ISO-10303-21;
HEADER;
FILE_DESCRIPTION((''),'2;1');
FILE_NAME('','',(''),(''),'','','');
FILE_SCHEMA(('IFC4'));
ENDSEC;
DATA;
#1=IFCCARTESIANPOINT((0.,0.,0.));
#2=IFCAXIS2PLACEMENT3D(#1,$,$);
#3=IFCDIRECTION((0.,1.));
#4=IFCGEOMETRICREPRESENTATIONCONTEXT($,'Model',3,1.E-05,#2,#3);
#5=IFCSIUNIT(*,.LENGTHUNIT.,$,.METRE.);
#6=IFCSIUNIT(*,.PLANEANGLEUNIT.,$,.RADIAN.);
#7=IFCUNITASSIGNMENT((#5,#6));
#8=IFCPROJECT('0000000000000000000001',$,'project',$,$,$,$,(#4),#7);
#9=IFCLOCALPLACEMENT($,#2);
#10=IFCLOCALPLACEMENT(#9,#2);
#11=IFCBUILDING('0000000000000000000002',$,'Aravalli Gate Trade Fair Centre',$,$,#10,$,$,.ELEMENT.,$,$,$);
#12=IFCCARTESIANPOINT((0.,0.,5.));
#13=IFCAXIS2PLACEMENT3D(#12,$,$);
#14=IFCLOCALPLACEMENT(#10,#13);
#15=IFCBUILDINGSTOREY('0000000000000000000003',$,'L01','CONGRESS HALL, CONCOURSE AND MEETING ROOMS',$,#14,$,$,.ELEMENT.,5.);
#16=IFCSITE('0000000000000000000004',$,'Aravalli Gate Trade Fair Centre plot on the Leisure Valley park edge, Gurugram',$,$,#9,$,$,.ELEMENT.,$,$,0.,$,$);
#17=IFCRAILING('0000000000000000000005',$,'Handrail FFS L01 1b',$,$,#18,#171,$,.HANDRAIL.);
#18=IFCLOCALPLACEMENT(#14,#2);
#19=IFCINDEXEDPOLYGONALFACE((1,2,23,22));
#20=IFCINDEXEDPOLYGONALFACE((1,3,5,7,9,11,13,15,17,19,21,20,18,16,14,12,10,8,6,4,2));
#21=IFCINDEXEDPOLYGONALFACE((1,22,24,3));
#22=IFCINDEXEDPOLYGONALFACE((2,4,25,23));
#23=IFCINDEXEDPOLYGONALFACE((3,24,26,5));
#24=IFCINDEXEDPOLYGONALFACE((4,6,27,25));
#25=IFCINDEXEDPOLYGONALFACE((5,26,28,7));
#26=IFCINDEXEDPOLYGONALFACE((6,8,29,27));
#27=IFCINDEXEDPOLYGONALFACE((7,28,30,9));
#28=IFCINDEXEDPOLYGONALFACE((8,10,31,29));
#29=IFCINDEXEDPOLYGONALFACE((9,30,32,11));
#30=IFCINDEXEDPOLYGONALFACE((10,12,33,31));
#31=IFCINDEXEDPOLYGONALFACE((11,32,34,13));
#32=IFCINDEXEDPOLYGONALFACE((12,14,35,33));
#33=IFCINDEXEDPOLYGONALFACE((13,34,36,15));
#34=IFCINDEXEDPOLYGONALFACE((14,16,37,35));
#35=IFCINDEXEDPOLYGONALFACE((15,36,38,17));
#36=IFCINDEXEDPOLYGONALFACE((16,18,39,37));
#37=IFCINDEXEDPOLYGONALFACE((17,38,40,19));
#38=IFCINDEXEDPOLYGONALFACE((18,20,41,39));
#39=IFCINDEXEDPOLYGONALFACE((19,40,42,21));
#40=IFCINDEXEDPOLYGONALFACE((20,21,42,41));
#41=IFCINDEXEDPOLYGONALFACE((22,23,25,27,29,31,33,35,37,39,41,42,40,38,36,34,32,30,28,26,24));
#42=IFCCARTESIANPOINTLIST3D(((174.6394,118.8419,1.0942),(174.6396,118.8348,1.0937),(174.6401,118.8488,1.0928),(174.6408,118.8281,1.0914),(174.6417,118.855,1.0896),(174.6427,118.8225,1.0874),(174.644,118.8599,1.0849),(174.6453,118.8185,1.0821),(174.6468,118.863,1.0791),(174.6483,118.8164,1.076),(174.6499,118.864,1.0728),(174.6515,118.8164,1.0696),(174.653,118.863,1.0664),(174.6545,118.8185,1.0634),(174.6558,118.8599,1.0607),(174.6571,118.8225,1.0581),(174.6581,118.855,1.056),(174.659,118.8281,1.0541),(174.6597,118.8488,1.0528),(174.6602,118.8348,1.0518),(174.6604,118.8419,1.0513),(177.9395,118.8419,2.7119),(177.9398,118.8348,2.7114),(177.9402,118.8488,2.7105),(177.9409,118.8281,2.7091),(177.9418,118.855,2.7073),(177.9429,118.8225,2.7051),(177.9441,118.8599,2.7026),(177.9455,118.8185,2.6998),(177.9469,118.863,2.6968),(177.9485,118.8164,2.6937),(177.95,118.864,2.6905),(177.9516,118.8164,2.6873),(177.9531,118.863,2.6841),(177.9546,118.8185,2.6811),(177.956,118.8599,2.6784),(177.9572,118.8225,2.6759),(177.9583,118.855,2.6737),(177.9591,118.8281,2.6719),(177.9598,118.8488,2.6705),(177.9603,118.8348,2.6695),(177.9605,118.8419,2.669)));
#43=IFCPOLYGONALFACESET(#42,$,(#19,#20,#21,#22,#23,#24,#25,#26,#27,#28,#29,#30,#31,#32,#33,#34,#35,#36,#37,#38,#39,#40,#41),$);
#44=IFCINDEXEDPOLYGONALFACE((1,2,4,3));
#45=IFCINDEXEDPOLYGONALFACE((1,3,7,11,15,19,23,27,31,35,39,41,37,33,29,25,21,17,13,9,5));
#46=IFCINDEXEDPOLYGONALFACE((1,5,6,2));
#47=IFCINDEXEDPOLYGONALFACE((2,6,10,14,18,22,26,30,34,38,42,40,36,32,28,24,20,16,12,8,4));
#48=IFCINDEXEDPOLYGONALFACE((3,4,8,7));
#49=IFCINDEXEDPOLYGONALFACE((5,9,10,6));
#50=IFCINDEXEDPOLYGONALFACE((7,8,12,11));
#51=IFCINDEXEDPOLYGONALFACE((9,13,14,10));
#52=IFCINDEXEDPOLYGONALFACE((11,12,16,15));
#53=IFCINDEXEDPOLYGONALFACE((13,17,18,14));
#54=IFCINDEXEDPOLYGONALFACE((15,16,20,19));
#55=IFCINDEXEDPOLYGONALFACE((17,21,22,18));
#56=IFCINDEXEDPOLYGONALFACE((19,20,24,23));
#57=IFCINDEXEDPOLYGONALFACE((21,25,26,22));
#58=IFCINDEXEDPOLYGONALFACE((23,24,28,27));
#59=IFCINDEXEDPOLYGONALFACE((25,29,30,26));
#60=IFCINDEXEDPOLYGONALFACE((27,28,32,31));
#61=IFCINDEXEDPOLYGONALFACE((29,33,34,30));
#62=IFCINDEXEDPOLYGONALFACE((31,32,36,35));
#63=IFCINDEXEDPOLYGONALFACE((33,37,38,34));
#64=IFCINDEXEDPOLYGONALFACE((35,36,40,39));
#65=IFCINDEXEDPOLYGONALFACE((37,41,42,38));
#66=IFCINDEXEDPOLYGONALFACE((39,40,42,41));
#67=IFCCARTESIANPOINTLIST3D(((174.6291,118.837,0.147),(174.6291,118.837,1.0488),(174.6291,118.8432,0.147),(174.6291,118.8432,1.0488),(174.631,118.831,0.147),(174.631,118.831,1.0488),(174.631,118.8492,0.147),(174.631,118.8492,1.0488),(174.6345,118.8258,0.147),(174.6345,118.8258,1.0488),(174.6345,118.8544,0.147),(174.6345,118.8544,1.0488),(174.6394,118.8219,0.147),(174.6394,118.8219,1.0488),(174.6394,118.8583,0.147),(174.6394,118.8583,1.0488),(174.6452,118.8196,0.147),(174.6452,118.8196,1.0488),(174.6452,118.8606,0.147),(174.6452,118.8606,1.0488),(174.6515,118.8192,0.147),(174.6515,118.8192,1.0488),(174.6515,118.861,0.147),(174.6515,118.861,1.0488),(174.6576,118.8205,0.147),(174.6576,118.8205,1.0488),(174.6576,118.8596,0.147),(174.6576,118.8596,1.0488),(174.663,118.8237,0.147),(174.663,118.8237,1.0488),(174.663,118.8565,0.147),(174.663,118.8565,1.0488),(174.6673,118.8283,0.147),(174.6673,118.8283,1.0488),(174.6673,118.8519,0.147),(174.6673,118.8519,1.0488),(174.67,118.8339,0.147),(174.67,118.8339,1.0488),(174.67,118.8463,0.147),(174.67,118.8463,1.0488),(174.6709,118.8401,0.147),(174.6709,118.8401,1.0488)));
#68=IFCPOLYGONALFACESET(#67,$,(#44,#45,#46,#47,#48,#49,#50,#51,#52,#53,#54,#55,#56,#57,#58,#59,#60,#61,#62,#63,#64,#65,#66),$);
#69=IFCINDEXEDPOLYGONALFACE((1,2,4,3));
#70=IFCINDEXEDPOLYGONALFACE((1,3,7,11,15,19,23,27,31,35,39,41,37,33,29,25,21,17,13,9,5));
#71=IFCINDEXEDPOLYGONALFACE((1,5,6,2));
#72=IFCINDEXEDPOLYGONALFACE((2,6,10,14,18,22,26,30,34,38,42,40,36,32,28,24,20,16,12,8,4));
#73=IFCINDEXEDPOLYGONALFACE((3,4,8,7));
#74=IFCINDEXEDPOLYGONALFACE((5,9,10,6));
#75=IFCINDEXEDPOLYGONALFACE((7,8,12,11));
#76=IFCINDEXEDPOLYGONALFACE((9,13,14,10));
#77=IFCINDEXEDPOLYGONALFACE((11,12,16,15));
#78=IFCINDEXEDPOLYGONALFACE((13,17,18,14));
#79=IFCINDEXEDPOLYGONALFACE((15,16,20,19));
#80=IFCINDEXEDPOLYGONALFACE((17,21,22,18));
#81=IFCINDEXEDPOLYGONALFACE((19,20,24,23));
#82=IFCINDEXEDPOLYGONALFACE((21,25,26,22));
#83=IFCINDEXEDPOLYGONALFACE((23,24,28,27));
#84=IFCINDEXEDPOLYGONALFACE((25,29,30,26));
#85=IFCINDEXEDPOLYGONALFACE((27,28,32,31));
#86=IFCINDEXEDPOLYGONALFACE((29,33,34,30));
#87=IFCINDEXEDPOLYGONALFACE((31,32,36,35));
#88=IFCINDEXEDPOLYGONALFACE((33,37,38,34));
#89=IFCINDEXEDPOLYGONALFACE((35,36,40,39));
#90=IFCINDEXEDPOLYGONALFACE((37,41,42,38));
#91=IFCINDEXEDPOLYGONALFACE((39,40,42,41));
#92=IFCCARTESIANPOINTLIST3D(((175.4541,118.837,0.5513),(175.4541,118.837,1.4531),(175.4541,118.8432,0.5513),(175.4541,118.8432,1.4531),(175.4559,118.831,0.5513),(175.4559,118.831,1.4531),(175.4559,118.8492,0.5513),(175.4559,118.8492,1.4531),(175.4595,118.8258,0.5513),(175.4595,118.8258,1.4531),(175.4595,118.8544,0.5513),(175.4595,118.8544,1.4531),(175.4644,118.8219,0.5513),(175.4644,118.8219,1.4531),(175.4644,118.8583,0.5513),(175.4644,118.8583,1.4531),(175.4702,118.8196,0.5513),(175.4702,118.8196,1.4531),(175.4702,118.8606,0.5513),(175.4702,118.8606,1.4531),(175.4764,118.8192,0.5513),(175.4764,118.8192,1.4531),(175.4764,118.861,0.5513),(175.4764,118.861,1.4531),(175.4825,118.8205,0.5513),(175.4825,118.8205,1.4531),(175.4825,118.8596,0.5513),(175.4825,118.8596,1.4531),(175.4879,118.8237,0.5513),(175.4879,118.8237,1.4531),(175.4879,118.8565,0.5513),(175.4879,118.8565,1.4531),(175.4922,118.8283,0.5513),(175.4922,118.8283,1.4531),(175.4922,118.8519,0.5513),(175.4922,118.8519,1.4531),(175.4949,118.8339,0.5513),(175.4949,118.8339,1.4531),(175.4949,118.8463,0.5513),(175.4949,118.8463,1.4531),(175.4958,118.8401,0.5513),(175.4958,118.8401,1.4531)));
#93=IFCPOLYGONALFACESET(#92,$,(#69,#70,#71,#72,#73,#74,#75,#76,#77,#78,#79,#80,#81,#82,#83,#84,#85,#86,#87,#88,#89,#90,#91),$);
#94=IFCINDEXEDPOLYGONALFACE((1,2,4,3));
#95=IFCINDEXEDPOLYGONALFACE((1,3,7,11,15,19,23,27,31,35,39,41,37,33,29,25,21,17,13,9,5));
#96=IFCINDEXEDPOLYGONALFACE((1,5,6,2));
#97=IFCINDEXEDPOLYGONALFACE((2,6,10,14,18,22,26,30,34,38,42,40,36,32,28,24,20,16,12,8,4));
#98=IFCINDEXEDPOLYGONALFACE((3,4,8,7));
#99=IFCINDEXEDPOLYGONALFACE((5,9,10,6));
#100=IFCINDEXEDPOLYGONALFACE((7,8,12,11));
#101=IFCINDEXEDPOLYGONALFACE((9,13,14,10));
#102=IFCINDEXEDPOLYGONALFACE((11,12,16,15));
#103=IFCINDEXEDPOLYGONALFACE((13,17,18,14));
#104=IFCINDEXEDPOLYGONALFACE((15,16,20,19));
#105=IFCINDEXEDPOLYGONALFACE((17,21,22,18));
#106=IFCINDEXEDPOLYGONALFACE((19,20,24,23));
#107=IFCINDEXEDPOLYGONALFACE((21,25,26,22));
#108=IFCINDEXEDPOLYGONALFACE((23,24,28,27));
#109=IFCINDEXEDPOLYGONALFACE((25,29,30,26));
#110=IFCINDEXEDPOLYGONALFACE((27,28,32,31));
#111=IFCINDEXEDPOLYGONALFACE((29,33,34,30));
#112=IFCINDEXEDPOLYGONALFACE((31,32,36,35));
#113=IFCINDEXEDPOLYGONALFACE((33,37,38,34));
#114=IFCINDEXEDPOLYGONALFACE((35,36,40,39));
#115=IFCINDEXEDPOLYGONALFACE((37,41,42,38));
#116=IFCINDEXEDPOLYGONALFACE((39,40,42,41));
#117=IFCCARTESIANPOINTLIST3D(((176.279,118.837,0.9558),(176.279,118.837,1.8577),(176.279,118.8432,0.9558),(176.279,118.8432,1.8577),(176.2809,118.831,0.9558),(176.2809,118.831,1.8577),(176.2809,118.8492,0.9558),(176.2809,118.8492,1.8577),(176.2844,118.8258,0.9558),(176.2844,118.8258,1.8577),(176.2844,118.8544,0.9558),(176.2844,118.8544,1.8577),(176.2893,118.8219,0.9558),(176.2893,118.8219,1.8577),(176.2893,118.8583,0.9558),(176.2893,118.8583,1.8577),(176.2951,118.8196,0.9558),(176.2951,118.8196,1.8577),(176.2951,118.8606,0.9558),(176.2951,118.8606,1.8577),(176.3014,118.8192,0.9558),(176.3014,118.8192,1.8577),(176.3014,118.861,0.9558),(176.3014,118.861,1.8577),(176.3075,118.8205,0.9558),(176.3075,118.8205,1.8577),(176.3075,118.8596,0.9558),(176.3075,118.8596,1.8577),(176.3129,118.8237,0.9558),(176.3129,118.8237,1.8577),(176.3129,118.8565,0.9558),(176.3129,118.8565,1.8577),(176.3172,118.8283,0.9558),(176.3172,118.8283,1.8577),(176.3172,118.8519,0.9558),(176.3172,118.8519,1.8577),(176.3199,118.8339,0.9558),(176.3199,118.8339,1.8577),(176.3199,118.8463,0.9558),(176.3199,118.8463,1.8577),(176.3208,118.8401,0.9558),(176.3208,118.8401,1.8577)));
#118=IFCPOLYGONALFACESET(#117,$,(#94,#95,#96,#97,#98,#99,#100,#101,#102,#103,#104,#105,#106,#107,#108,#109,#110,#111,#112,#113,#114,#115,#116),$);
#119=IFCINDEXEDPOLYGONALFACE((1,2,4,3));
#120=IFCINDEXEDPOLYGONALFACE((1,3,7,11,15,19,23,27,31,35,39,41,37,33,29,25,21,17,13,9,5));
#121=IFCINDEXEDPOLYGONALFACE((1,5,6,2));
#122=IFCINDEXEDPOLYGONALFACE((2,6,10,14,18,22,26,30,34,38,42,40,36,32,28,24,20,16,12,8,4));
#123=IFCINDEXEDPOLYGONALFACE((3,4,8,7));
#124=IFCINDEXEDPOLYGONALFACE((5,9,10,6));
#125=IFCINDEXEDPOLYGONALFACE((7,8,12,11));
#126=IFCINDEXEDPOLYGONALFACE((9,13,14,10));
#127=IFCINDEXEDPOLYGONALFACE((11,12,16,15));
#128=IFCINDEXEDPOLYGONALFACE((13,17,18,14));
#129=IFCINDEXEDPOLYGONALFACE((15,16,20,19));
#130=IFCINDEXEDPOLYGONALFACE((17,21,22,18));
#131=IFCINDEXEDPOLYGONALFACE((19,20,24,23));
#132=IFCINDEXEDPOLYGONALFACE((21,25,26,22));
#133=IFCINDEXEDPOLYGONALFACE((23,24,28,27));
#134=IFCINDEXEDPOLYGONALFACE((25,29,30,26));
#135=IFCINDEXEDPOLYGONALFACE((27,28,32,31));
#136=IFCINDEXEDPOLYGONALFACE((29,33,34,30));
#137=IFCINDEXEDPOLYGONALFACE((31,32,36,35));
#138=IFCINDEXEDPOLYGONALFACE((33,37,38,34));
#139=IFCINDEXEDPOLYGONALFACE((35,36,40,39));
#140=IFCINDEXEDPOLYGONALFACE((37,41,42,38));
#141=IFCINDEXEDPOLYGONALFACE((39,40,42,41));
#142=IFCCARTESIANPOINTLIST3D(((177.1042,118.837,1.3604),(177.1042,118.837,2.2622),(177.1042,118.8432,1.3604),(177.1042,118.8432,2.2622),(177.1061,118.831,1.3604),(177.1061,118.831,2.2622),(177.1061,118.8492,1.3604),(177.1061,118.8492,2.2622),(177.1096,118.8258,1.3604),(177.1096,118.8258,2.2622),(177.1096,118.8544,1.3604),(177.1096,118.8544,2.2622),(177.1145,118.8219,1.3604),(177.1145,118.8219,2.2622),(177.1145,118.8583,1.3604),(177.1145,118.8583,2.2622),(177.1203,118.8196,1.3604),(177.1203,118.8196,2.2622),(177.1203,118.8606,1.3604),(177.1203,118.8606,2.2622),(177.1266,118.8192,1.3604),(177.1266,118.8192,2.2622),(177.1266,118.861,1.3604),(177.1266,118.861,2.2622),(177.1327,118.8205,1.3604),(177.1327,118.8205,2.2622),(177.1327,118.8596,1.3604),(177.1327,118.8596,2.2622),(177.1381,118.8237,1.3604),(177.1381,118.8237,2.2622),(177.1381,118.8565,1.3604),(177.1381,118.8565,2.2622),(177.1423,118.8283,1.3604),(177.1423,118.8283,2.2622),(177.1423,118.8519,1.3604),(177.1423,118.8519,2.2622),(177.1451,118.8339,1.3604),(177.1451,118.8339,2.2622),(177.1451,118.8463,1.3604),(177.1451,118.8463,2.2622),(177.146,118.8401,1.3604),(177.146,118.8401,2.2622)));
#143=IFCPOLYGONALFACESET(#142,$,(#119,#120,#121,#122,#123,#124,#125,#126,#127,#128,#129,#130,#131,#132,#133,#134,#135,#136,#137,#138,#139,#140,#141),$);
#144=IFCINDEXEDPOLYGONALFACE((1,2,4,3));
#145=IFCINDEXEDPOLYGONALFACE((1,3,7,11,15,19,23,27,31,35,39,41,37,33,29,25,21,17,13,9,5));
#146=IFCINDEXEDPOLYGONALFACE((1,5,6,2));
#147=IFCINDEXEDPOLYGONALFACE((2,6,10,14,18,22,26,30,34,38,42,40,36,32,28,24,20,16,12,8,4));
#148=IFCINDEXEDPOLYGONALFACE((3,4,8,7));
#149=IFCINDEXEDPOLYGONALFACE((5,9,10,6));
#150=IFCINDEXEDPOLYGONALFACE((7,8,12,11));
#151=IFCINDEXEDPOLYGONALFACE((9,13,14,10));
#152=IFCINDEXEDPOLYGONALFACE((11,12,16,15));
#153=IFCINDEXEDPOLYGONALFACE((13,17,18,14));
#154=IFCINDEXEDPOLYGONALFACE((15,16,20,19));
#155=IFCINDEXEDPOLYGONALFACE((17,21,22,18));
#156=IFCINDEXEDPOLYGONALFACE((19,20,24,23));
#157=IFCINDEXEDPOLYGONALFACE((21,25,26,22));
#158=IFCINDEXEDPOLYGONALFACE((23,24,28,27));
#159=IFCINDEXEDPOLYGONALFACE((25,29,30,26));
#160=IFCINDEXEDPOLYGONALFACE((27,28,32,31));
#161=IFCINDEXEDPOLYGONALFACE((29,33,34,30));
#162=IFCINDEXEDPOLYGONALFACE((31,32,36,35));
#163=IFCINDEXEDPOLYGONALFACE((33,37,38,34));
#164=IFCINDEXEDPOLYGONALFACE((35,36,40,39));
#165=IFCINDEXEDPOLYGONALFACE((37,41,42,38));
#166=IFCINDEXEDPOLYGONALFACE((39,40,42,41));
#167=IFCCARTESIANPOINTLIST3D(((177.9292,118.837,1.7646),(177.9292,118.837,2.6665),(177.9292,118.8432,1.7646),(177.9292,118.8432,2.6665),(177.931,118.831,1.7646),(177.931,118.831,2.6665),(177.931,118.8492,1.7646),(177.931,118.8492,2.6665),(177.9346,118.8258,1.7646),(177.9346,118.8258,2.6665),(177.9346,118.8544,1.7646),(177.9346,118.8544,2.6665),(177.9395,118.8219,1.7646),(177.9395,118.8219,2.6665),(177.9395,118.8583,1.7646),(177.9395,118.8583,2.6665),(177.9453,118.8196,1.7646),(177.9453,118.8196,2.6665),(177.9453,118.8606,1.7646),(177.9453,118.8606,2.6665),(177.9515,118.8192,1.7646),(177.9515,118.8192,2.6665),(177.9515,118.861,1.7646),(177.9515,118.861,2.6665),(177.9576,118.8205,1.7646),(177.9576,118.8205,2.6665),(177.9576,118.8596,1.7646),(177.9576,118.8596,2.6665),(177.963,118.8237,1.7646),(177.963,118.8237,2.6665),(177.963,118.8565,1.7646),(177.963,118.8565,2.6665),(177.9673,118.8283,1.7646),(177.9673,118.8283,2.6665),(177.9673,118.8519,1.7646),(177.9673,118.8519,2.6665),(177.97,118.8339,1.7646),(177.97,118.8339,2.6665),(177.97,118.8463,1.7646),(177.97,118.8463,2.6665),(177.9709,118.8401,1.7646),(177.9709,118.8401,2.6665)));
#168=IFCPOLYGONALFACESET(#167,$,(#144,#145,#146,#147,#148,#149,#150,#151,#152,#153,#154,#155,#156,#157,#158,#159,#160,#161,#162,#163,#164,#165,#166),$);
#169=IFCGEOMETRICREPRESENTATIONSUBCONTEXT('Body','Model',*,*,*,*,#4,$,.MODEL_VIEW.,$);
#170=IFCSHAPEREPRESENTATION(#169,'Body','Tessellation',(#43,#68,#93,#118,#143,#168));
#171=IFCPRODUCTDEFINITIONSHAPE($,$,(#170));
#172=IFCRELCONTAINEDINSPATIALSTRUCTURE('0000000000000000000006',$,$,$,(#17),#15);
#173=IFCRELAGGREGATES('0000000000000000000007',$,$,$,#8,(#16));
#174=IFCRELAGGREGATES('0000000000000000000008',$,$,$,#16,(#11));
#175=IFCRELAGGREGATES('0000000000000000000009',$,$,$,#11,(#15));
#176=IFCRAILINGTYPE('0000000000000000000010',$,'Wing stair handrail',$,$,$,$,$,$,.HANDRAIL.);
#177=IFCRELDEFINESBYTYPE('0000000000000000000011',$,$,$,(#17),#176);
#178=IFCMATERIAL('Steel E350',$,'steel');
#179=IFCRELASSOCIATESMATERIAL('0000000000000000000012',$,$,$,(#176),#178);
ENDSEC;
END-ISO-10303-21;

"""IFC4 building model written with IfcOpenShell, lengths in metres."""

from ifc_helpers import new_model, si_unit, direction, frame, origin, origin_2d, place, context, subcontext, project, spatial, circle, extrude, material, type_object, element, save


model = new_model("IFC4")

# Units and contexts
model_context = context("Model", 3, precision=1e-05, world=origin(), true_north=direction((0.0, 1.0)))
body_context = subcontext(model_context, "Body", "Model", "MODEL_VIEW")
ifc_project = project(units=[si_unit("LENGTHUNIT", "METRE"), si_unit("PLANEANGLEUNIT", "RADIAN")], contexts=[model_context])

# Site, building, storey
site_placement = place(None, origin())
site = spatial("IfcSite", under=ifc_project, at=site_placement, Name="Aravalli Gate Trade Fair Centre plot on the Leisure Valley park edge, Gurugram", CompositionType="ELEMENT", RefElevation=0.0)
building_placement = place(site_placement, origin())
building = spatial("IfcBuilding", under=site, at=building_placement, Name="Aravalli Gate Trade Fair Centre", CompositionType="ELEMENT")
storey_placement = place(building_placement, frame((0.0, 0.0, 5.0)))
storey = spatial("IfcBuildingStorey", under=building, at=storey_placement, Name="L01", Description="CONGRESS HALL, CONCOURSE AND MEETING ROOMS", CompositionType="ELEMENT", Elevation=5.0)

# Shared definitions
ifc_material_1 = material(Name="Steel E350", Category="steel")

# Railing
railing_type_1 = type_object("IfcRailingType", Name="Wing stair handrail", PredefinedType="HANDRAIL", material=ifc_material_1)
for number, where, name in (
    (1, (174.6499, 118.8401, 0.147), "Handrail FFS L01 1b"),
):
    element("IfcRailing", number, at=place(storey_placement, frame(where)), inside=storey, type_object=railing_type_1, Name=name, PredefinedType="HANDRAIL", context=body_context, shape_type="SweptSolid", body=[
        extrude(circle(Radius=0.0239, at=origin_2d()), frame((0.0, 0.0, 0.9258), z_axis=(0.89792, 0.0, 0.440158), x_axis=(0.0, 1.0, 0.0)), (0.0, 0.0, 1.0), 3.6753),
        extrude(circle(Radius=0.021, at=origin_2d()), origin(), (0.0, 0.0, 1.0), 0.9019),
        extrude(circle(Radius=0.021, at=origin_2d()), frame((0.825, 0.0, 0.4043)), (0.0, 0.0, 1.0), 0.9019),
        extrude(circle(Radius=0.021, at=origin_2d()), frame((1.6499, 0.0, 0.8088)), (0.0, 0.0, 1.0), 0.9019),
        extrude(circle(Radius=0.021, at=origin_2d()), frame((2.4751, 0.0, 1.2134)), (0.0, 0.0, 1.0), 0.9019),
        extrude(circle(Radius=0.021, at=origin_2d()), frame((3.3, 0.0, 1.6177)), (0.0, 0.0, 1.0), 0.9019),
    ])

save(model, "model.ifc")
